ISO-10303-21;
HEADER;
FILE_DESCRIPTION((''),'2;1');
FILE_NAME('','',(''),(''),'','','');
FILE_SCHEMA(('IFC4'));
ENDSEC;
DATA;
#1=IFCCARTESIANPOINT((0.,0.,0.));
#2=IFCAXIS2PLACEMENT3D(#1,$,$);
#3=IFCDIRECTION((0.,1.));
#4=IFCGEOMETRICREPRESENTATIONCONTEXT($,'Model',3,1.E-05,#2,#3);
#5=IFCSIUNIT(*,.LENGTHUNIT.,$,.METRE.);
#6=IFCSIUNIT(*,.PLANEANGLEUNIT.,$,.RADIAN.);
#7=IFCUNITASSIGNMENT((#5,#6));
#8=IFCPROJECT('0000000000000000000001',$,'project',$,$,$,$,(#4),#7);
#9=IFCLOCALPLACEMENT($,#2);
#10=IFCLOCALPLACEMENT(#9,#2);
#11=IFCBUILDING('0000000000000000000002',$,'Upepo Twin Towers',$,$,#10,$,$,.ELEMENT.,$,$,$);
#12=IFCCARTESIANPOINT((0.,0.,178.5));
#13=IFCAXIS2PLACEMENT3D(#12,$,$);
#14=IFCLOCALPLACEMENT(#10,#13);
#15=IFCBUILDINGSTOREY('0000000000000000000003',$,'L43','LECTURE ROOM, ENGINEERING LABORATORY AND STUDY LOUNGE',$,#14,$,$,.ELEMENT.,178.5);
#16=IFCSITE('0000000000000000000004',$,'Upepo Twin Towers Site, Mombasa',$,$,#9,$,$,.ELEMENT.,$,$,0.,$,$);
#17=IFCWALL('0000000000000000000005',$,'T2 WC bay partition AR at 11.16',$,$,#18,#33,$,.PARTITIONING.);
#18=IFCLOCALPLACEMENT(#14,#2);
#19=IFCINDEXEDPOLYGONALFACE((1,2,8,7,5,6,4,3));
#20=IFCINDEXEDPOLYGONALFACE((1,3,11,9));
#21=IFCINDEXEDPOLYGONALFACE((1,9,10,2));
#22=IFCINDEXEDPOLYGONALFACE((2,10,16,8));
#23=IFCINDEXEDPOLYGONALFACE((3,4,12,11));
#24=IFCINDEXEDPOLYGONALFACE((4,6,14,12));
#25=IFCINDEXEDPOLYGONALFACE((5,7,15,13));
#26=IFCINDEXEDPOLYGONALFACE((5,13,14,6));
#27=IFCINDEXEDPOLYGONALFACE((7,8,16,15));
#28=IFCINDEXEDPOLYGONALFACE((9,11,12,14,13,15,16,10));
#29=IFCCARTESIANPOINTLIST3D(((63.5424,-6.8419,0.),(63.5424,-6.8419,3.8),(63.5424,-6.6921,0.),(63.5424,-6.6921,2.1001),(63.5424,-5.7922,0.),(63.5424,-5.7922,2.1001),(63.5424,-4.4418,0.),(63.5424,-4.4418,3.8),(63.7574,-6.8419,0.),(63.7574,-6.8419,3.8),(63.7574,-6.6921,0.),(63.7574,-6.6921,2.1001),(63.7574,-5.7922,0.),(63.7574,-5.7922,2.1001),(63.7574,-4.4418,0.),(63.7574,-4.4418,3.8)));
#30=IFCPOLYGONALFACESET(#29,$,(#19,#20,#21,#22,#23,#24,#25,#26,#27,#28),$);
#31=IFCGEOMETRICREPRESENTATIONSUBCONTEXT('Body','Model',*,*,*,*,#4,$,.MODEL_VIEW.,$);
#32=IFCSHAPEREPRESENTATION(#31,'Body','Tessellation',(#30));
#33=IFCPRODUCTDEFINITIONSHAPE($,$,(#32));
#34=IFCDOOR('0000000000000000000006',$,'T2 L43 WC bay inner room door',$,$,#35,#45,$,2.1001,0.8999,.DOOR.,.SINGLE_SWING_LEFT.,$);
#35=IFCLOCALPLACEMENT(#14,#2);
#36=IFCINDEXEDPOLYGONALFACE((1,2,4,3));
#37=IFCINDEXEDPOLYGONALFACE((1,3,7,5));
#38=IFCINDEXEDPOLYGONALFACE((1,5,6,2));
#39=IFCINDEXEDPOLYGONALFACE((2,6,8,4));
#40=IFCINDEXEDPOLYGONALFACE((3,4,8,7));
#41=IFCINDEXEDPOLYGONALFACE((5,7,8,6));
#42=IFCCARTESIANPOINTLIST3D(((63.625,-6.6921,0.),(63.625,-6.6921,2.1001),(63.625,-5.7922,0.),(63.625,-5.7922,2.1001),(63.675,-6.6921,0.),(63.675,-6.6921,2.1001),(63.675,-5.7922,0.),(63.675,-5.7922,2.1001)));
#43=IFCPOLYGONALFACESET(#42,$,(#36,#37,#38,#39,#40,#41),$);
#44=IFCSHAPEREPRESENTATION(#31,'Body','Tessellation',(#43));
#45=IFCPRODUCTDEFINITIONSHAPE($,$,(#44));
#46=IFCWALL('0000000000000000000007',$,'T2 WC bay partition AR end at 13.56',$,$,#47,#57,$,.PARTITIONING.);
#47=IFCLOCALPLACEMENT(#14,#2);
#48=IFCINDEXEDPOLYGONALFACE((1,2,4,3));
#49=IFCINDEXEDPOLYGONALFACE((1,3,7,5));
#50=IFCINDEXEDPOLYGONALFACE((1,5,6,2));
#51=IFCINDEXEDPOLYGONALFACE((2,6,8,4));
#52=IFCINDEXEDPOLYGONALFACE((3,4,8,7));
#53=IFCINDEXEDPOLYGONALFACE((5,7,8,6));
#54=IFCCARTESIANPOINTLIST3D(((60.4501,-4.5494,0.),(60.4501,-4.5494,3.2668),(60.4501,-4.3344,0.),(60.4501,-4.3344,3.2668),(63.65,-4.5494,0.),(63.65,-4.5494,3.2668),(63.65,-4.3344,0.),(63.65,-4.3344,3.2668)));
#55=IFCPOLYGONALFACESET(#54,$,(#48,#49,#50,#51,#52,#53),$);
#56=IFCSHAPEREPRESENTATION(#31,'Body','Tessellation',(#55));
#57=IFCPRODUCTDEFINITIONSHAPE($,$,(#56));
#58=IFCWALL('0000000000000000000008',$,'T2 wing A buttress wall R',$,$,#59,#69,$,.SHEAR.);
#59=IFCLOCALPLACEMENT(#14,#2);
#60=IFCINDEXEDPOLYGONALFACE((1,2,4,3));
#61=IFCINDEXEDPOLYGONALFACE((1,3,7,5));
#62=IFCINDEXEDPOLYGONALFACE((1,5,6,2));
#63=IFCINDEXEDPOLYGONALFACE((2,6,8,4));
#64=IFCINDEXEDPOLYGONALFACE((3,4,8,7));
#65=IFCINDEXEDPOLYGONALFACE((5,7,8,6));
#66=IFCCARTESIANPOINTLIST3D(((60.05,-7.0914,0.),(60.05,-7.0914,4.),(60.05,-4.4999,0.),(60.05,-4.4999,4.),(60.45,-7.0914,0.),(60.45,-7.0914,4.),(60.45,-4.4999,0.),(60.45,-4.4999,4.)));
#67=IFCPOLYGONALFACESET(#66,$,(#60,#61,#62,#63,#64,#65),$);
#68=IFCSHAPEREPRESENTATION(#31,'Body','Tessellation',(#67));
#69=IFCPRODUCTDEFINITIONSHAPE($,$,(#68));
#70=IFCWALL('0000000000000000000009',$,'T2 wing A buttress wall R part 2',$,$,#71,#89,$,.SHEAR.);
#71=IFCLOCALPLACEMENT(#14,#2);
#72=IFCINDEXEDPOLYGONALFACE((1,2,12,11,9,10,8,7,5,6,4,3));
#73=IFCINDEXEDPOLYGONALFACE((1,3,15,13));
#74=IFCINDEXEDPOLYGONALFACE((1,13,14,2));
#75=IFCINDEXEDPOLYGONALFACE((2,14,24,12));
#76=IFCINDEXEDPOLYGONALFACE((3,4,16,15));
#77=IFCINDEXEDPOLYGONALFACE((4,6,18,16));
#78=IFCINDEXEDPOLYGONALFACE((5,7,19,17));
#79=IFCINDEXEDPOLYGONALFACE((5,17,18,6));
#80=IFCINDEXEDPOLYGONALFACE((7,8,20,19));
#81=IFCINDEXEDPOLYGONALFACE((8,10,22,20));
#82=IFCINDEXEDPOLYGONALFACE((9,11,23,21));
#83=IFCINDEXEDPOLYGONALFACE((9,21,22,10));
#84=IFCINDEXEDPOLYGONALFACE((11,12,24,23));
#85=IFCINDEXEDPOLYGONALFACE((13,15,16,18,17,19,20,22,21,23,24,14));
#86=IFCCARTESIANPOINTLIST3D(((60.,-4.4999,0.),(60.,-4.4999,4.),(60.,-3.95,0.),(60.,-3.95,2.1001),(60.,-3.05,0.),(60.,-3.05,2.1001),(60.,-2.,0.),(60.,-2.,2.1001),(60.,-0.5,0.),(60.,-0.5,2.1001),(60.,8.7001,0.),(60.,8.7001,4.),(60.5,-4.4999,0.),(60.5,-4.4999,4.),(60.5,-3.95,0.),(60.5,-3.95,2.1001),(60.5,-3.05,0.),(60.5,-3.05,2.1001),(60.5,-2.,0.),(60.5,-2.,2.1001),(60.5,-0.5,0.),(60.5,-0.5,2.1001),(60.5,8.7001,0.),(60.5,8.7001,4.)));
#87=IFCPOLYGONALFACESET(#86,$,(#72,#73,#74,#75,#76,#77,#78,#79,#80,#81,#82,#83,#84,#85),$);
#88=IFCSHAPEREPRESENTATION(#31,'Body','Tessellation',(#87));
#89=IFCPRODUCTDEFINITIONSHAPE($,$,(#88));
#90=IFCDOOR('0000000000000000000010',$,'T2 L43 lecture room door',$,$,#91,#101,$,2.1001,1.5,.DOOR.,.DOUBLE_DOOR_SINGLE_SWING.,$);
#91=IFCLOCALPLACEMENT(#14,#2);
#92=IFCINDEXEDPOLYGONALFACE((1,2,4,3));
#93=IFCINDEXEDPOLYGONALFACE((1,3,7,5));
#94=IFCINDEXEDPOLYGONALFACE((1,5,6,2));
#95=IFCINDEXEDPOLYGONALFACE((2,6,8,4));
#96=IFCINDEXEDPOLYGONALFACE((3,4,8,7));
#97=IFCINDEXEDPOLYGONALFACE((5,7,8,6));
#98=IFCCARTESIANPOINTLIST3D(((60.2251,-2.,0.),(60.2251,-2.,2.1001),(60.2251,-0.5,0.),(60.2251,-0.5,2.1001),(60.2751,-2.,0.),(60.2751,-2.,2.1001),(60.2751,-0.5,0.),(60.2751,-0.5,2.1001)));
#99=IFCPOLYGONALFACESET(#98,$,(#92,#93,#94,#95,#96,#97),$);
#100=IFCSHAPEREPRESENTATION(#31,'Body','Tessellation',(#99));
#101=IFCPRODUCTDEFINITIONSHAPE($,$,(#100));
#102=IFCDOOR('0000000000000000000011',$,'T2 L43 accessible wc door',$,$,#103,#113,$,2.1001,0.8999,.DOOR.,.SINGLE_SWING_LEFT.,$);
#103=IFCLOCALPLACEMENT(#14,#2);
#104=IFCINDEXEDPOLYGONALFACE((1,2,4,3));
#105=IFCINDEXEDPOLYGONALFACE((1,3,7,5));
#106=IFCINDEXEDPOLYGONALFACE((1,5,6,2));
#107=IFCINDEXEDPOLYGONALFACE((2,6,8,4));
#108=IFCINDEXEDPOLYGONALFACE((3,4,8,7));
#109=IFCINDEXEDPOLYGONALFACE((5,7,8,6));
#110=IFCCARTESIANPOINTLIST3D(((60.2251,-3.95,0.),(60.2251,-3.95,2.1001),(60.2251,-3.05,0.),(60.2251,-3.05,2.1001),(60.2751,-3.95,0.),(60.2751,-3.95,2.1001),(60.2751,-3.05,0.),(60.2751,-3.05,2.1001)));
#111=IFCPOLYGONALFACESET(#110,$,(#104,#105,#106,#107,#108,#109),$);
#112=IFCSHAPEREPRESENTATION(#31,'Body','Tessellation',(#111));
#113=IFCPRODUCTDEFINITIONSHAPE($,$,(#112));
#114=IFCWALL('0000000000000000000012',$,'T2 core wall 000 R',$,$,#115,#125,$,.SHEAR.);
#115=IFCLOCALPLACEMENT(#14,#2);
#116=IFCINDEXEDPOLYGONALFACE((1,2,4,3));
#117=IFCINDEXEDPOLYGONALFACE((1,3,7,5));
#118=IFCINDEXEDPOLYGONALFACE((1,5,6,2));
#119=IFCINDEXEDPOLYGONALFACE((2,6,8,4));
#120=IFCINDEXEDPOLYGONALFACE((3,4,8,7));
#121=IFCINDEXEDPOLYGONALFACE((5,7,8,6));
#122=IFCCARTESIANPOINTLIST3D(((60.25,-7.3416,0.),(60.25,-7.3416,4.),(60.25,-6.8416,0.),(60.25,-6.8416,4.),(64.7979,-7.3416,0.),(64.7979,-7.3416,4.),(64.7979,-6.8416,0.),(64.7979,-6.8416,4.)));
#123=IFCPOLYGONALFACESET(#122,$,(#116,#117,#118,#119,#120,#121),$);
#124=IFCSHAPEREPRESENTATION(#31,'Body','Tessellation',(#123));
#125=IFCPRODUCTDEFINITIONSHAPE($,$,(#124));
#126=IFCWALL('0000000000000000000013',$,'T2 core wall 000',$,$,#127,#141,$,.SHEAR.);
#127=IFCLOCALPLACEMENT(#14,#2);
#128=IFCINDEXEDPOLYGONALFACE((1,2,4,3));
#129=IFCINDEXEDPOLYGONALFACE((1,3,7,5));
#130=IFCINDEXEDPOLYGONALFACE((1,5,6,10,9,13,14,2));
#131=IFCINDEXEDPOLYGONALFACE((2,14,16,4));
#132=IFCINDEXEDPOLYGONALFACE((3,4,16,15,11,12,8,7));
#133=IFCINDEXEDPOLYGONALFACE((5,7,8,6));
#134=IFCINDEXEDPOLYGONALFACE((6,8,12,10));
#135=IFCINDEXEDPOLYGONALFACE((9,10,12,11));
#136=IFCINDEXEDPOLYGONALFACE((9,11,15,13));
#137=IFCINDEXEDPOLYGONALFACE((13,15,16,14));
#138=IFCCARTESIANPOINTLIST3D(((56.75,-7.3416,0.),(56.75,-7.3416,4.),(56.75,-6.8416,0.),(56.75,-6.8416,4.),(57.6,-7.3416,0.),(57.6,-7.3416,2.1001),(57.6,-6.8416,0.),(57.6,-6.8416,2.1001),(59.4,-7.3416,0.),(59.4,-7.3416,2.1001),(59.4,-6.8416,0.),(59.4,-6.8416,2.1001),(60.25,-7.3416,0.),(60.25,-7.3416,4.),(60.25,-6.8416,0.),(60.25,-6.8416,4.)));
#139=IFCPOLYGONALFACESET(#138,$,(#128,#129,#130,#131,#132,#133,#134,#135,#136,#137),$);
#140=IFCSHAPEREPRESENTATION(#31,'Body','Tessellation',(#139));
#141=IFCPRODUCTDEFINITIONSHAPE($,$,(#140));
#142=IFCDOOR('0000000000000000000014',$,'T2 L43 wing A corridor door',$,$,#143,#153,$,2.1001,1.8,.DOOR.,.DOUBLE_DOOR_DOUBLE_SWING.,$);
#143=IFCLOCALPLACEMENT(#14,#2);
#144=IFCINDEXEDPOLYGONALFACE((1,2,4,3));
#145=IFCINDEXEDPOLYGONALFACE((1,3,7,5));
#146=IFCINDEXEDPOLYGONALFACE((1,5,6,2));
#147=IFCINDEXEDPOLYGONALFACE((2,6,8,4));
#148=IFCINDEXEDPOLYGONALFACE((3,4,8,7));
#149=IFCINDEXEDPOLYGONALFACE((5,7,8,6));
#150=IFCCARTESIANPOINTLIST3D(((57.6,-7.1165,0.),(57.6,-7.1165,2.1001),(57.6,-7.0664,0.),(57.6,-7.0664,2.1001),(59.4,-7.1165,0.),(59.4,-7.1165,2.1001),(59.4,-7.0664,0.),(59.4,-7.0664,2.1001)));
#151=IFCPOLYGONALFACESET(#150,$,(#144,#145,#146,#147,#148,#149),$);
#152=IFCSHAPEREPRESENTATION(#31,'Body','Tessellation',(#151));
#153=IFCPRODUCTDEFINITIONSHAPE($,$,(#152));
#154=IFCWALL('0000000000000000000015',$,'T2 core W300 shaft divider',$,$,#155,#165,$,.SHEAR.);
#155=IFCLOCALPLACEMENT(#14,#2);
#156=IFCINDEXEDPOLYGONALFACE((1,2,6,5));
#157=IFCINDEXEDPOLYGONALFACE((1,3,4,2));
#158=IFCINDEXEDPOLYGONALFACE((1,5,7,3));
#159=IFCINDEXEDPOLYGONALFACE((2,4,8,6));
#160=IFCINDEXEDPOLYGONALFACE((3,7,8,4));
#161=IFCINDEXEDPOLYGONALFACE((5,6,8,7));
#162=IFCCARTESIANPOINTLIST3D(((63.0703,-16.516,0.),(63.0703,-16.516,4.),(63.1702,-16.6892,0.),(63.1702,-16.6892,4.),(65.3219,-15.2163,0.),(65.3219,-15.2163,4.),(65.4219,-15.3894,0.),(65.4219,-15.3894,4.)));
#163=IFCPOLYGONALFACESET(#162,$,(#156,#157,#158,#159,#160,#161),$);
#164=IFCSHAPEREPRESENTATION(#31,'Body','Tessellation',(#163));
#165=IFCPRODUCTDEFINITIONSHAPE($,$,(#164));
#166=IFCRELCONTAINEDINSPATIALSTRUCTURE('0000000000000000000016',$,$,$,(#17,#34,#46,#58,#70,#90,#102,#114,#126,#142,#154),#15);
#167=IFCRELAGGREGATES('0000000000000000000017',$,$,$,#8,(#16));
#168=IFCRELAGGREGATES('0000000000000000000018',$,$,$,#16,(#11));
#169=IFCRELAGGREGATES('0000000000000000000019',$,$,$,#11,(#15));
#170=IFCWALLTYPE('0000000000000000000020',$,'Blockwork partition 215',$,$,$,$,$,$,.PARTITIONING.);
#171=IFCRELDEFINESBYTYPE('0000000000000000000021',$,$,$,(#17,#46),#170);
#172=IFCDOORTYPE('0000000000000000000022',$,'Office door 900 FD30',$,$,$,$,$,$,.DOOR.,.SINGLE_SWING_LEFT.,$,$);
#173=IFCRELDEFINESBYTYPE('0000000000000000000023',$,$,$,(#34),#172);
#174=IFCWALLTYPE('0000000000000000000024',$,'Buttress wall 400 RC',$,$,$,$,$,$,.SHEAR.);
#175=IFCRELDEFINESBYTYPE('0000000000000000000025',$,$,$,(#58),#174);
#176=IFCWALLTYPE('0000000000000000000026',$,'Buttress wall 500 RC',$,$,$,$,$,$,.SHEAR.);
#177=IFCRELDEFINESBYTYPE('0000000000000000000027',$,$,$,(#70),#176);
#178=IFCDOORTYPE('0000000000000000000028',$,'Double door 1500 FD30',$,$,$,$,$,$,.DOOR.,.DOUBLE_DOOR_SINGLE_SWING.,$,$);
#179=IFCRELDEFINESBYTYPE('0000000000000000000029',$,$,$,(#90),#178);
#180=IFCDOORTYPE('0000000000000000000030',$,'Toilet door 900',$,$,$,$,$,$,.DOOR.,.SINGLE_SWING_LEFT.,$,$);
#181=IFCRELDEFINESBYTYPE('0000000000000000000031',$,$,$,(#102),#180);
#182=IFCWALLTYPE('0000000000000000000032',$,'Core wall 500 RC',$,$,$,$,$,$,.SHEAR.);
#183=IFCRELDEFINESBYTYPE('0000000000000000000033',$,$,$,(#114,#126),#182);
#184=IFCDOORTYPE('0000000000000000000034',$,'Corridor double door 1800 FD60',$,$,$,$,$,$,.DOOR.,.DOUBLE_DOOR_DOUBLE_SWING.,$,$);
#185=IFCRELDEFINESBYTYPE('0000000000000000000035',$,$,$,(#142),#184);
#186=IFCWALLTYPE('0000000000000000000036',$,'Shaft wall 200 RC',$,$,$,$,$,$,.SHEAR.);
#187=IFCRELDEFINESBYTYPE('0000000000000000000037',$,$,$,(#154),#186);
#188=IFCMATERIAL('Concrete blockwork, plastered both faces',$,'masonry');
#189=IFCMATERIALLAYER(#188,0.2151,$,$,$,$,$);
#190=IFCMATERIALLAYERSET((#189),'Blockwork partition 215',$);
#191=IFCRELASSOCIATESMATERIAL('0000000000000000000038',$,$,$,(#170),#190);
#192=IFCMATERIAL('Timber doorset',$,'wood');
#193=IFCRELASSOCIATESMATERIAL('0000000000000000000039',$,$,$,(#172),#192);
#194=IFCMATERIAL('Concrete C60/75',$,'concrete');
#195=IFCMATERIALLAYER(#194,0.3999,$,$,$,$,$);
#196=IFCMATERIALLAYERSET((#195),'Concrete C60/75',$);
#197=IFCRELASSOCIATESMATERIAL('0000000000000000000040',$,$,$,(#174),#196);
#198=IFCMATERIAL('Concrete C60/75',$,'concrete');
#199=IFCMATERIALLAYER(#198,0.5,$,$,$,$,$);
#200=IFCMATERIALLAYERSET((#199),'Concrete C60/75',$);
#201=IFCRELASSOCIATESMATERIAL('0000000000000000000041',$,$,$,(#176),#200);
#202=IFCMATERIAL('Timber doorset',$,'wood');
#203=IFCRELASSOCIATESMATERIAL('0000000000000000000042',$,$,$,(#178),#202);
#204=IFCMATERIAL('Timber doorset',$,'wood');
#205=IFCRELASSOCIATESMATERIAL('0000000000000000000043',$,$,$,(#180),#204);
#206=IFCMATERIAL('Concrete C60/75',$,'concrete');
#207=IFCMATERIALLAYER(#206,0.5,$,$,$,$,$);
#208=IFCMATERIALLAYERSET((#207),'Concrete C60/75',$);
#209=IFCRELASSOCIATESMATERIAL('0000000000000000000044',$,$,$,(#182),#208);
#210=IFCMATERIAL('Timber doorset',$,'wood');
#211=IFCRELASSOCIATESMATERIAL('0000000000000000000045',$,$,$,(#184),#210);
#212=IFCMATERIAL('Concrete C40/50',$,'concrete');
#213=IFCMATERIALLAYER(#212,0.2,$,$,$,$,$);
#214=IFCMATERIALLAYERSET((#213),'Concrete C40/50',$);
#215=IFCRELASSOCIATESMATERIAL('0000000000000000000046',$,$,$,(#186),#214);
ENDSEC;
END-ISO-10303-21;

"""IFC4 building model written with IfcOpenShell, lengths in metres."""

from ifc_helpers import new_model, si_unit, direction, frame, frame_2d, origin, place, context, subcontext, project, spatial, rectangle, extrude, material, layer, layer_set, type_object, element, fill, save


model = new_model("IFC4")

# Units and contexts
model_context = context("Model", 3, precision=1e-05, world=origin(), true_north=direction((0.0, 1.0)))
body_context = subcontext(model_context, "Body", "Model", "MODEL_VIEW")
ifc_project = project(units=[si_unit("LENGTHUNIT", "METRE"), si_unit("PLANEANGLEUNIT", "RADIAN")], contexts=[model_context])

# Site, building, storey
site_placement = place(None, origin())
site = spatial("IfcSite", under=ifc_project, at=site_placement, Name="Upepo Twin Towers Site, Mombasa", CompositionType="ELEMENT", RefElevation=0.0)
building_placement = place(site_placement, origin())
building = spatial("IfcBuilding", under=site, at=building_placement, Name="Upepo Twin Towers", CompositionType="ELEMENT")
storey_placement = place(building_placement, frame((0.0, 0.0, 178.5)))
storey = spatial("IfcBuildingStorey", under=building, at=storey_placement, Name="L43", Description="LECTURE ROOM, ENGINEERING LABORATORY AND STUDY LOUNGE", CompositionType="ELEMENT", Elevation=178.5)

# Shared definitions
ifc_material_1 = material(Name="Concrete blockwork, plastered both faces", Category="masonry")
ifc_layer_1 = layer(ifc_material_1, 0.2151)
ifc_layer_set_1 = layer_set([ifc_layer_1], Name="Blockwork partition 215")
wall_type_1 = type_object("IfcWallType", Name="Blockwork partition 215", PredefinedType="PARTITIONING", material=ifc_layer_set_1)

# Wall, opening, door
wall_1_placement = place(storey_placement, frame((63.6499, -6.842, 0.0), z_axis=(0.0, 0.0, 1.0), x_axis=(0.0, 1.0, 0.0)))
wall_1 = element("IfcWall", 1, at=wall_1_placement, inside=storey, type_object=wall_type_1, Name="T2 WC bay partition AR at 11.16", PredefinedType="PARTITIONING", context=body_context, shape_type="SweptSolid", body=[
    extrude(rectangle(XDim=2.4001, YDim=0.2151, at=frame_2d((1.2002, 0.0))), origin(), (0.0, 0.0, 1.0), 3.8),
])
opening_1_placement = place(wall_1_placement, frame((0.1499, 0.0, 0.0)))
opening_1 = element("IfcOpeningElement", 2, at=opening_1_placement, cuts=wall_1, PredefinedType="OPENING", context=body_context, shape_type="SweptSolid", body=[
    extrude(rectangle(XDim=0.8999, YDim=2.1001, at=frame_2d((0.45, 1.05))), frame((0.0, 0.1174, 0.0), z_axis=(0.0, -1.0, 0.0), x_axis=(1.0, 0.0, 0.0)), (0.0, 0.0, 1.0), 0.2351),
])
ifc_material_2 = material(Name="Timber doorset", Category="wood")
door_type_1 = type_object("IfcDoorType", Name="Office door 900 FD30", OperationType="SINGLE_SWING_LEFT", PredefinedType="DOOR", material=ifc_material_2)
door_1_placement = place(opening_1_placement, origin())
door_1 = element("IfcDoor", 3, at=door_1_placement, inside=storey, type_object=door_type_1, Name="T2 L43 WC bay inner room door", OperationType="SINGLE_SWING_LEFT", OverallHeight=2.1001, OverallWidth=0.8999, PredefinedType="DOOR", context=body_context, shape_type="SweptSolid", body=[
    extrude(rectangle(XDim=0.8999, YDim=2.1001, at=frame_2d((0.45, 1.05))), frame((0.0, 0.0249, 0.0), z_axis=(0.0, -1.0, 0.0), x_axis=(1.0, 0.0, 0.0)), (0.0, 0.0, 1.0), 0.05),
])
fill(opening_1, door_1)

# Walls
wall_2_placement = place(storey_placement, frame((60.45, -4.4419, 0.0), z_axis=(0.0, 0.0, 1.0), x_axis=(1.0, 0.0, 0.0)))
element("IfcWall", 4, at=wall_2_placement, inside=storey, type_object=wall_type_1, Name="T2 WC bay partition AR end at 13.56", PredefinedType="PARTITIONING", context=body_context, shape_type="SweptSolid", body=[
    extrude(rectangle(XDim=3.2, YDim=0.2151, at=frame_2d((1.6001, 0.0))), origin(), (0.0, 0.0, 1.0), 3.2668),
])
ifc_material_3 = material(Name="Concrete C60/75", Category="concrete")
ifc_layer_2 = layer(ifc_material_3, 0.3999)
ifc_layer_set_2 = layer_set([ifc_layer_2], Name="Concrete C60/75")
wall_type_2 = type_object("IfcWallType", Name="Buttress wall 400 RC", PredefinedType="SHEAR", material=ifc_layer_set_2)
wall_3_placement = place(storey_placement, frame((60.25, -7.0916, 0.0), z_axis=(0.0, 0.0, 1.0), x_axis=(0.0, 1.0, 0.0)))
element("IfcWall", 5, at=wall_3_placement, inside=storey, type_object=wall_type_2, Name="T2 wing A buttress wall R", PredefinedType="SHEAR", context=body_context, shape_type="SweptSolid", body=[
    extrude(rectangle(XDim=2.5916, YDim=0.3999, at=frame_2d((1.2959, 0.0))), origin(), (0.0, 0.0, 1.0), 4.0),
])

# Wall, openings, doors
ifc_material_4 = material(Name="Concrete C60/75", Category="concrete")
ifc_layer_3 = layer(ifc_material_4, 0.5)
ifc_layer_set_3 = layer_set([ifc_layer_3], Name="Concrete C60/75")
wall_type_3 = type_object("IfcWallType", Name="Buttress wall 500 RC", PredefinedType="SHEAR", material=ifc_layer_set_3)
wall_4_placement = place(storey_placement, frame((60.25, -4.5, 0.0), z_axis=(0.0, 0.0, 1.0), x_axis=(0.0, 1.0, 0.0)))
wall_4 = element("IfcWall", 6, at=wall_4_placement, inside=storey, type_object=wall_type_3, Name="T2 wing A buttress wall R part 2", PredefinedType="SHEAR", context=body_context, shape_type="SweptSolid", body=[
    extrude(rectangle(XDim=13.2, YDim=0.5, at=frame_2d((6.6001, 0.0))), origin(), (0.0, 0.0, 1.0), 4.0),
])
opening_2_placement = place(wall_4_placement, frame((0.55, 0.0, 0.0)))
opening_2 = element("IfcOpeningElement", 7, at=opening_2_placement, cuts=wall_4, PredefinedType="OPENING", context=body_context, shape_type="SweptSolid", body=[
    extrude(rectangle(XDim=0.8999, YDim=2.1001, at=frame_2d((0.45, 1.05))), frame((0.0, 0.26, 0.0), z_axis=(0.0, -1.0, 0.0), x_axis=(1.0, 0.0, 0.0)), (0.0, 0.0, 1.0), 0.52),
])
opening_3_placement = place(wall_4_placement, frame((2.5, 0.0, 0.0)))
opening_3 = element("IfcOpeningElement", 8, at=opening_3_placement, cuts=wall_4, PredefinedType="OPENING", context=body_context, shape_type="SweptSolid", body=[
    extrude(rectangle(XDim=1.5, YDim=2.1001, at=frame_2d((0.75, 1.05))), frame((0.0, 0.26, 0.0), z_axis=(0.0, -1.0, 0.0), x_axis=(1.0, 0.0, 0.0)), (0.0, 0.0, 1.0), 0.52),
])
ifc_material_5 = material(Name="Timber doorset", Category="wood")
door_type_2 = type_object("IfcDoorType", Name="Double door 1500 FD30", OperationType="DOUBLE_DOOR_SINGLE_SWING", PredefinedType="DOOR", material=ifc_material_5)
door_2_placement = place(opening_3_placement, origin())
door_2 = element("IfcDoor", 9, at=door_2_placement, inside=storey, type_object=door_type_2, Name="T2 L43 lecture room door", OperationType="DOUBLE_DOOR_SINGLE_SWING", OverallHeight=2.1001, OverallWidth=1.5, PredefinedType="DOOR", context=body_context, shape_type="SweptSolid", body=[
    extrude(rectangle(XDim=1.5, YDim=2.1001, at=frame_2d((0.75, 1.05))), frame((0.0, 0.0249, 0.0), z_axis=(0.0, -1.0, 0.0), x_axis=(1.0, 0.0, 0.0)), (0.0, 0.0, 1.0), 0.05),
])
fill(opening_3, door_2)
ifc_material_6 = material(Name="Timber doorset", Category="wood")
door_type_3 = type_object("IfcDoorType", Name="Toilet door 900", OperationType="SINGLE_SWING_LEFT", PredefinedType="DOOR", material=ifc_material_6)
door_3_placement = place(opening_2_placement, origin())
door_3 = element("IfcDoor", 10, at=door_3_placement, inside=storey, type_object=door_type_3, Name="T2 L43 accessible wc door", OperationType="SINGLE_SWING_LEFT", OverallHeight=2.1001, OverallWidth=0.8999, PredefinedType="DOOR", context=body_context, shape_type="SweptSolid", body=[
    extrude(rectangle(XDim=0.8999, YDim=2.1001, at=frame_2d((0.45, 1.05))), frame((0.0, 0.0249, 0.0), z_axis=(0.0, -1.0, 0.0), x_axis=(1.0, 0.0, 0.0)), (0.0, 0.0, 1.0), 0.05),
])
fill(opening_2, door_3)

# Wall
ifc_material_7 = material(Name="Concrete C60/75", Category="concrete")
ifc_layer_4 = layer(ifc_material_7, 0.5)
ifc_layer_set_4 = layer_set([ifc_layer_4], Name="Concrete C60/75")
wall_type_4 = type_object("IfcWallType", Name="Core wall 500 RC", PredefinedType="SHEAR", material=ifc_layer_set_4)
wall_5_placement = place(storey_placement, frame((64.7979, -7.0916, 0.0), z_axis=(0.0, 0.0, 1.0), x_axis=(-1.0, 0.0, 0.0)))
element("IfcWall", 11, at=wall_5_placement, inside=storey, type_object=wall_type_4, Name="T2 core wall 000 R", PredefinedType="SHEAR", context=body_context, shape_type="SweptSolid", body=[
    extrude(rectangle(XDim=4.5479, YDim=0.5, at=frame_2d((2.2739, 0.0))), origin(), (0.0, 0.0, 1.0), 4.0),
])

# Wall, opening, door
wall_6_placement = place(storey_placement, frame((60.25, -7.0916, 0.0), z_axis=(0.0, 0.0, 1.0), x_axis=(-1.0, 0.0, 0.0)))
wall_6 = element("IfcWall", 12, at=wall_6_placement, inside=storey, type_object=wall_type_4, Name="T2 core wall 000", PredefinedType="SHEAR", context=body_context, shape_type="SweptSolid", body=[
    extrude(rectangle(XDim=3.5, YDim=0.5, at=frame_2d((1.75, 0.0))), origin(), (0.0, 0.0, 1.0), 4.0),
])
opening_4_placement = place(wall_6_placement, frame((0.8501, 0.0, 0.0)))
opening_4 = element("IfcOpeningElement", 13, at=opening_4_placement, cuts=wall_6, PredefinedType="OPENING", context=body_context, shape_type="SweptSolid", body=[
    extrude(rectangle(XDim=1.8, YDim=2.1001, at=frame_2d((0.8999, 1.05))), frame((0.0, 0.26, 0.0), z_axis=(0.0, -1.0, 0.0), x_axis=(1.0, 0.0, 0.0)), (0.0, 0.0, 1.0), 0.52),
])
ifc_material_8 = material(Name="Timber doorset", Category="wood")
door_type_4 = type_object("IfcDoorType", Name="Corridor double door 1800 FD60", OperationType="DOUBLE_DOOR_DOUBLE_SWING", PredefinedType="DOOR", material=ifc_material_8)
door_4_placement = place(opening_4_placement, origin())
door_4 = element("IfcDoor", 14, at=door_4_placement, inside=storey, type_object=door_type_4, Name="T2 L43 wing A corridor door", OperationType="DOUBLE_DOOR_DOUBLE_SWING", OverallHeight=2.1001, OverallWidth=1.8, PredefinedType="DOOR", context=body_context, shape_type="SweptSolid", body=[
    extrude(rectangle(XDim=1.8, YDim=2.1001, at=frame_2d((0.8999, 1.05))), frame((0.0, 0.0249, 0.0), z_axis=(0.0, -1.0, 0.0), x_axis=(1.0, 0.0, 0.0)), (0.0, 0.0, 1.0), 0.05),
])
fill(opening_4, door_4)

# Wall
ifc_material_9 = material(Name="Concrete C40/50", Category="concrete")
ifc_layer_5 = layer(ifc_material_9, 0.2)
ifc_layer_set_5 = layer_set([ifc_layer_5], Name="Concrete C40/50")
wall_type_5 = type_object("IfcWallType", Name="Shaft wall 200 RC", PredefinedType="SHEAR", material=ifc_layer_set_5)
wall_7_placement = place(storey_placement, frame((63.1204, -16.6025, 0.0), z_axis=(0.0, 0.0, 1.0), x_axis=(0.866062, 0.499937, 0.0)))
element("IfcWall", 15, at=wall_7_placement, inside=storey, type_object=wall_type_5, Name="T2 core W300 shaft divider", PredefinedType="SHEAR", context=body_context, shape_type="SweptSolid", body=[
    extrude(rectangle(XDim=2.5999, YDim=0.2, at=frame_2d((1.2998, 0.0))), origin(), (0.0, 0.0, 1.0), 4.0),
])

save(model, "model.ifc")
